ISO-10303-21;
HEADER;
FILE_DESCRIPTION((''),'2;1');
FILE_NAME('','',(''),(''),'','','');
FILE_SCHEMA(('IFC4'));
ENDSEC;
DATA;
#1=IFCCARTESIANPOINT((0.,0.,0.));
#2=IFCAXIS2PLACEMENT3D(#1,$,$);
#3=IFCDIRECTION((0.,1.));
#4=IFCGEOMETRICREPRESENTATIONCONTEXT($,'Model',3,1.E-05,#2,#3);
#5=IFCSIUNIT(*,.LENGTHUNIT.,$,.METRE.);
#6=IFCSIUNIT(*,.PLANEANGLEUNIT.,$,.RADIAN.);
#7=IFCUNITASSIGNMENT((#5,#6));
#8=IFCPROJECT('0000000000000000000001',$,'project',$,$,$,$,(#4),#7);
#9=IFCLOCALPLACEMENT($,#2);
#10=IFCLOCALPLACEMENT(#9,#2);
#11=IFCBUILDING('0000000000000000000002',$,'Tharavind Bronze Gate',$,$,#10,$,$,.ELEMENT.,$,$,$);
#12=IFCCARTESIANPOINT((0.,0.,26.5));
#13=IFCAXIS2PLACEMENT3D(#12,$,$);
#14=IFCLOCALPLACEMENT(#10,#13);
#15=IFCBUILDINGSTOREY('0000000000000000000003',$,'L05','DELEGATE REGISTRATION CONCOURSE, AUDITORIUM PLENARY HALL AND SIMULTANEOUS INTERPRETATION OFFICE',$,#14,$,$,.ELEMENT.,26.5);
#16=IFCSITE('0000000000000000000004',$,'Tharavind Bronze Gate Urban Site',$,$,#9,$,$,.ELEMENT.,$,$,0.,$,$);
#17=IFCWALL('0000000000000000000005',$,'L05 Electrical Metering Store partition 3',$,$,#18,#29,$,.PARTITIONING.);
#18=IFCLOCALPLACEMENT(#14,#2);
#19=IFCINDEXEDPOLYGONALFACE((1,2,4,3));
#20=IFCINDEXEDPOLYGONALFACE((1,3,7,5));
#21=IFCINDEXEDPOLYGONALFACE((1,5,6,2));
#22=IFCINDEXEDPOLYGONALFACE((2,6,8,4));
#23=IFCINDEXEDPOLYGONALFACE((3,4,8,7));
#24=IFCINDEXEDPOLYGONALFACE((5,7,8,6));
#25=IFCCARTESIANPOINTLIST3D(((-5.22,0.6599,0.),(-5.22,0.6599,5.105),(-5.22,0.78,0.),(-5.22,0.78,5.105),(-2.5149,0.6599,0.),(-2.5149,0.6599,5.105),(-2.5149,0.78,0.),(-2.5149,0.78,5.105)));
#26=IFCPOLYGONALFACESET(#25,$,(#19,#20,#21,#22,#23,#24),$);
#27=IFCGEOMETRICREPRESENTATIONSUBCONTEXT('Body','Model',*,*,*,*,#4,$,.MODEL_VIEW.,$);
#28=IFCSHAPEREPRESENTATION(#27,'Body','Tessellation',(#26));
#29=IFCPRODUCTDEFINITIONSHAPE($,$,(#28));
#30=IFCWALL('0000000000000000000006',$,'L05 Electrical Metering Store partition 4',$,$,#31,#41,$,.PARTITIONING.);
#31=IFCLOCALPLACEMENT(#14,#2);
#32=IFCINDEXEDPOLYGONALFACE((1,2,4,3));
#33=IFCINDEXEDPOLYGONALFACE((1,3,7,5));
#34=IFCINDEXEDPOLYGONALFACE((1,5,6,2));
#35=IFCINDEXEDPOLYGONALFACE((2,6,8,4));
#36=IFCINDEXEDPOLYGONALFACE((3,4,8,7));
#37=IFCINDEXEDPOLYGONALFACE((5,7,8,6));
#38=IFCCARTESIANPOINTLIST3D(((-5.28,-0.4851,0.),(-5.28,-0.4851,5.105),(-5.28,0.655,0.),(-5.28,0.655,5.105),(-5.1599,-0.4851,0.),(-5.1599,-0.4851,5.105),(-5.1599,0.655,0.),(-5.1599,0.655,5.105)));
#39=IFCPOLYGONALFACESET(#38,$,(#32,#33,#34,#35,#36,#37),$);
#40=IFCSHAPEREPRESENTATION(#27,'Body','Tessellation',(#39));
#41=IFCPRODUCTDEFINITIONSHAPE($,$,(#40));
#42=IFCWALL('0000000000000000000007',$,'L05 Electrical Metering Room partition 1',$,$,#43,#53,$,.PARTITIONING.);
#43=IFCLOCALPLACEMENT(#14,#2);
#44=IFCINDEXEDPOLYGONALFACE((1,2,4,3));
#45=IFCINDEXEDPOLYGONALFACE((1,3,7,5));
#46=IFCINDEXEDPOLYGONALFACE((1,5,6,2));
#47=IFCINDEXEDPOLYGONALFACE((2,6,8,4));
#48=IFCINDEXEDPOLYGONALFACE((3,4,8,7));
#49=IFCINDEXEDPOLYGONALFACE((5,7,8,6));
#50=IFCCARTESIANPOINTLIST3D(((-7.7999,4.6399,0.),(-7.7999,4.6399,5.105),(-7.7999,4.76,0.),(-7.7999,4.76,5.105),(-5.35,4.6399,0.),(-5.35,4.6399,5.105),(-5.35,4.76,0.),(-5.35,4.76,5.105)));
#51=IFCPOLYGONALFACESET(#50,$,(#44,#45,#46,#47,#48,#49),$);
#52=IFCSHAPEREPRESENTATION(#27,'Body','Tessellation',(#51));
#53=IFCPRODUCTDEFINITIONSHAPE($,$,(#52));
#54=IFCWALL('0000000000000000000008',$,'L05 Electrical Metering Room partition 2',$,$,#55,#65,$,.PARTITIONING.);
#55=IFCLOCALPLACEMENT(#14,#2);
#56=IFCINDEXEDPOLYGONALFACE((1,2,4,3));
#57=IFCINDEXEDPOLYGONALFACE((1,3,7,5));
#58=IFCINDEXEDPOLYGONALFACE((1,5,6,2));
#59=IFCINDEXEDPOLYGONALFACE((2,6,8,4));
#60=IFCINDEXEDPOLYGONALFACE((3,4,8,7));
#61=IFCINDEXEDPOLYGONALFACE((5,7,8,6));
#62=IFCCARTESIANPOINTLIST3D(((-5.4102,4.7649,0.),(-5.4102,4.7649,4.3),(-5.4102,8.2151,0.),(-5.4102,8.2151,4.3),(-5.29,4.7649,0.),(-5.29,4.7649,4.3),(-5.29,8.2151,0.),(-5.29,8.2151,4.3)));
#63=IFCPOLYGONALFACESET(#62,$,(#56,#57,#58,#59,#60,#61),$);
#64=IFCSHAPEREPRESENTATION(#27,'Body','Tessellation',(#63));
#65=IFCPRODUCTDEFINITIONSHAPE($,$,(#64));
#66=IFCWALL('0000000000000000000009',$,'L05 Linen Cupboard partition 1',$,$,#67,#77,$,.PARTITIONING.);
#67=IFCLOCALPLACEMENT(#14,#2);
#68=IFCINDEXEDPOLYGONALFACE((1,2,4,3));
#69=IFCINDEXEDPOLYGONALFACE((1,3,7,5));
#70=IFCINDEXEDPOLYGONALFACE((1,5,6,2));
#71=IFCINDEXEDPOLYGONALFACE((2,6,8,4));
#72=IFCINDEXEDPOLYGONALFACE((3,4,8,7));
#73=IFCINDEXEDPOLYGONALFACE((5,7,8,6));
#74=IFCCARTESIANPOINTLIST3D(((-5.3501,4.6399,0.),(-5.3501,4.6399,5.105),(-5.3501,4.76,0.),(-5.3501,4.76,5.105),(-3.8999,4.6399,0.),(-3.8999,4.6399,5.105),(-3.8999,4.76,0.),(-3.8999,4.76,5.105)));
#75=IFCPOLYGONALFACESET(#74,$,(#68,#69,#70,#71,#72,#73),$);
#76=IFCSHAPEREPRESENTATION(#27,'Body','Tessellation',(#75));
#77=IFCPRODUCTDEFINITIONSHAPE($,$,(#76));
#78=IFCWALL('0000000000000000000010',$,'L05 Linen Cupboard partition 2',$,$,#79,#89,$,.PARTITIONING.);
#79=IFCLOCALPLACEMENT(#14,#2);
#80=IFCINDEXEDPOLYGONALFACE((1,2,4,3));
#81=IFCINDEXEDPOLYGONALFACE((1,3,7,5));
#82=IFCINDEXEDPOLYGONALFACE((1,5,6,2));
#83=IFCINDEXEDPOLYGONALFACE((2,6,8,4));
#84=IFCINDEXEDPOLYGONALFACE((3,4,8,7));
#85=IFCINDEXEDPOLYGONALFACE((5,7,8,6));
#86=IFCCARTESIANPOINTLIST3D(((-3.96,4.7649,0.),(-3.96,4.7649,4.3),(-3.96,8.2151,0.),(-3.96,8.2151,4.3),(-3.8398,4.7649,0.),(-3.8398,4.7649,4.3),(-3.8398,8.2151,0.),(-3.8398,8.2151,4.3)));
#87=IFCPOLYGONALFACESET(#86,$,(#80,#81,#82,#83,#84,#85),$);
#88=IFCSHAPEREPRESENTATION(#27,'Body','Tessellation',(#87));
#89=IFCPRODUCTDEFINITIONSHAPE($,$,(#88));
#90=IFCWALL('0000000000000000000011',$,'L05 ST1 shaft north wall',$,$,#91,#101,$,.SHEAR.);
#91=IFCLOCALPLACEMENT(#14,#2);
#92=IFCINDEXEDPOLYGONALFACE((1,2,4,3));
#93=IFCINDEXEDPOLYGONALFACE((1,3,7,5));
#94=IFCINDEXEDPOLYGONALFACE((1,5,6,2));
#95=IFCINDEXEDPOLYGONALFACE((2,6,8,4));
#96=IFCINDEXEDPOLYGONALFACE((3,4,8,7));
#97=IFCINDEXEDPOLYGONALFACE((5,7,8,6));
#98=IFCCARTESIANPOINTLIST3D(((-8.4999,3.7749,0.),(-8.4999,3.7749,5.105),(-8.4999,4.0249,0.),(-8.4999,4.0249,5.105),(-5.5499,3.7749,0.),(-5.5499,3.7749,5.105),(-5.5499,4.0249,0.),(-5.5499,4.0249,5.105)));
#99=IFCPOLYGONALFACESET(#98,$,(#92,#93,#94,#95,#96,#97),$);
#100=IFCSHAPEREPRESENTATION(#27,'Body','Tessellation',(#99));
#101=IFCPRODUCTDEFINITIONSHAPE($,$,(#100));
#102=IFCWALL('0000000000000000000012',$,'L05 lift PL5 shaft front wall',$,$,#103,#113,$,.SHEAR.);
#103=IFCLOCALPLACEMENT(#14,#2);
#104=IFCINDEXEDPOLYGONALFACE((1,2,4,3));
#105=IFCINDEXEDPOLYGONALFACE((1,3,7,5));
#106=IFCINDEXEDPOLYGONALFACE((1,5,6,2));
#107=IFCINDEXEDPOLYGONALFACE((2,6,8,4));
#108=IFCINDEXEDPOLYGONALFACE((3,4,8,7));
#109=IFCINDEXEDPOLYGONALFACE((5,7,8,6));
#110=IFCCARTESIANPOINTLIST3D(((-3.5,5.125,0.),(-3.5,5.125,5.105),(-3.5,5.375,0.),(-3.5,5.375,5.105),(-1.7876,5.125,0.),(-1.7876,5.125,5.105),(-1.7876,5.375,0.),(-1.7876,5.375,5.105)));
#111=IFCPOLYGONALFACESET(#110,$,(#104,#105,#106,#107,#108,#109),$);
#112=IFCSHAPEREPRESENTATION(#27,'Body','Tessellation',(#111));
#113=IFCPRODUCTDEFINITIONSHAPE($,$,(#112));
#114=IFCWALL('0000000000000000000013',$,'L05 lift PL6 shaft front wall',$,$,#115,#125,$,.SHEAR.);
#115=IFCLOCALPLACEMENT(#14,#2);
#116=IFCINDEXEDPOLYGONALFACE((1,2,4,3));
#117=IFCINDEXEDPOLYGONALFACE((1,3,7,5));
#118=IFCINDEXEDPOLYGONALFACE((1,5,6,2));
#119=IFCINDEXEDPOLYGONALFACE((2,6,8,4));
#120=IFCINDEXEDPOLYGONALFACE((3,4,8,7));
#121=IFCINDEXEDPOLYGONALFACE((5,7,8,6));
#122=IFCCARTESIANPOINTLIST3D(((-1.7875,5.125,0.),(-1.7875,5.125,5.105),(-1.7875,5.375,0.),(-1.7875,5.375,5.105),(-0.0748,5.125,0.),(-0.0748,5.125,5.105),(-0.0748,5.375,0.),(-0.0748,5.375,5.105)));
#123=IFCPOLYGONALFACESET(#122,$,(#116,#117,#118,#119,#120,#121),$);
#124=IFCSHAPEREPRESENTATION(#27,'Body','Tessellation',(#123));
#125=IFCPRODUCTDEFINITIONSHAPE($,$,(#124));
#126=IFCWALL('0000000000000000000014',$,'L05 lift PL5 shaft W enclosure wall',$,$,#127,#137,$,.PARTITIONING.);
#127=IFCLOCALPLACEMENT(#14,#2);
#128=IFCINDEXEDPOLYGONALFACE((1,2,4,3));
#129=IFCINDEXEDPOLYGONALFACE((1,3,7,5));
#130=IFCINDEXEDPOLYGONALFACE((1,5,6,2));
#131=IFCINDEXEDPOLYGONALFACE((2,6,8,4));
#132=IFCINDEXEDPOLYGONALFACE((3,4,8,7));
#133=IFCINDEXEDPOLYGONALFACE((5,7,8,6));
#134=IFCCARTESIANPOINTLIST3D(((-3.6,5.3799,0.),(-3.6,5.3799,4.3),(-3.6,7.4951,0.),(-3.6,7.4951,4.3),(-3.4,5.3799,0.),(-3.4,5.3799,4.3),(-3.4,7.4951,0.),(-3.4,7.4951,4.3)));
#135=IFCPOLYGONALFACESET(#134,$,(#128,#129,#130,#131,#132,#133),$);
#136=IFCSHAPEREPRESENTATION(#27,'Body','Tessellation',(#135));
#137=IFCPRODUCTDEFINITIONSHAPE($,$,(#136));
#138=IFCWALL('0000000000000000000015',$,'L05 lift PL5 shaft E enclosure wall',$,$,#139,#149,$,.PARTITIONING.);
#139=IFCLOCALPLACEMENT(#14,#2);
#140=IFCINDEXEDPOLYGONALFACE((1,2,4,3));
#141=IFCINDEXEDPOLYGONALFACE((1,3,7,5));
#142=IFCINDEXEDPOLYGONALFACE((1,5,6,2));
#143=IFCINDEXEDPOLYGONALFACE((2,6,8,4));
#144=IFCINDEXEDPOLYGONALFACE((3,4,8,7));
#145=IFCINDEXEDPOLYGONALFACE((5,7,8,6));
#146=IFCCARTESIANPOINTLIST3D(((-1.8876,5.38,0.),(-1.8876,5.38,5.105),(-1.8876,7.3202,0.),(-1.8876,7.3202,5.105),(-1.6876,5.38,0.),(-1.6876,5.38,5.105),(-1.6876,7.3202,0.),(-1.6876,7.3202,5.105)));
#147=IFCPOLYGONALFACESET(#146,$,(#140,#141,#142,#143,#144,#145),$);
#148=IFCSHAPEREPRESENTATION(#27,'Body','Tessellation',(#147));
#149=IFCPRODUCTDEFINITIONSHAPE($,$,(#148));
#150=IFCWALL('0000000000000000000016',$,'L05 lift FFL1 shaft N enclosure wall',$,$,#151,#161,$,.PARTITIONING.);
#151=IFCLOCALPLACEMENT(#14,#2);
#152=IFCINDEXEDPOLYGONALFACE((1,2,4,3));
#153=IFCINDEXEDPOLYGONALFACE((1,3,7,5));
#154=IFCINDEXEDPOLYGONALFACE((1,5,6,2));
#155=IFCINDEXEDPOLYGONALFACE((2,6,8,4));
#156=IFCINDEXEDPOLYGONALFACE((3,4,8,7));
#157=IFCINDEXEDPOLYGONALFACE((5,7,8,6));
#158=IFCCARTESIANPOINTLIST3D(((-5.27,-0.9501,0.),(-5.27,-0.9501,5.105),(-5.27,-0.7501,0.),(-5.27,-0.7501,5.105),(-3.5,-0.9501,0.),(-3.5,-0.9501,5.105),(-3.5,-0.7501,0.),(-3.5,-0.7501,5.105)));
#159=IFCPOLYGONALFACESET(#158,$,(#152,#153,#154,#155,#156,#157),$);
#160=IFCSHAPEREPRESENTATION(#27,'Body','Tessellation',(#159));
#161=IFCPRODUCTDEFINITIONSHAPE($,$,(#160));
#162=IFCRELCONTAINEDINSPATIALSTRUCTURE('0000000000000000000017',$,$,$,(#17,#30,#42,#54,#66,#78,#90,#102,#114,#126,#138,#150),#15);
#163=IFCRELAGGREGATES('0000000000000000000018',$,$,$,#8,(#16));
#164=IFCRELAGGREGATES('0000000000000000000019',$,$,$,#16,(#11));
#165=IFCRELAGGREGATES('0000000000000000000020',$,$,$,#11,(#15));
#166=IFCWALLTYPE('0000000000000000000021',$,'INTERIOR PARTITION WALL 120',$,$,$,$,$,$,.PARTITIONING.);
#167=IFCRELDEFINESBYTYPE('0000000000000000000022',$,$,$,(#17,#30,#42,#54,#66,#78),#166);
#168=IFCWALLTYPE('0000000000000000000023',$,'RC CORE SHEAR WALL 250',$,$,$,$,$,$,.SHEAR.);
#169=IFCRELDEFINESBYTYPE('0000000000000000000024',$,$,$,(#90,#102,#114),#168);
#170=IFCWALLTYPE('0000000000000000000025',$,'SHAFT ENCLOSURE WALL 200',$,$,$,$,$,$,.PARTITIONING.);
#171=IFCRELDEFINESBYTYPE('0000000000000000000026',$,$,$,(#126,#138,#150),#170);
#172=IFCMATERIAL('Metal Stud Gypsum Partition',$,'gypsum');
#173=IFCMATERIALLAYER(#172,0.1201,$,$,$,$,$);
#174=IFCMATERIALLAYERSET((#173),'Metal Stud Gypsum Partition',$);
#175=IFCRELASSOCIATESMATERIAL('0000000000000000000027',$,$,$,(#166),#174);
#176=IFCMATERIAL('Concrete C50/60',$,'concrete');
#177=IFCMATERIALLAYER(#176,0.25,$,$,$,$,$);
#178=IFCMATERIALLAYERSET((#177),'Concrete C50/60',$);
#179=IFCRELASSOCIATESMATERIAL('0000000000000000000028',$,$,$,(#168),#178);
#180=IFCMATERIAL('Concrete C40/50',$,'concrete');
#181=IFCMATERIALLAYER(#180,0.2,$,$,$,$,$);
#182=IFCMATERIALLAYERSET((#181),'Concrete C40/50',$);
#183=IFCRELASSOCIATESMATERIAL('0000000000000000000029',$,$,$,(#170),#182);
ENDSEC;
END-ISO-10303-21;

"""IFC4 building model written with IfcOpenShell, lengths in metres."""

from ifc_helpers import new_model, si_unit, direction, frame, frame_2d, origin, place, context, subcontext, project, spatial, rectangle, extrude, material, layer, layer_set, type_object, element, save


model = new_model("IFC4")

# Units and contexts
model_context = context("Model", 3, precision=1e-05, world=origin(), true_north=direction((0.0, 1.0)))
body_context = subcontext(model_context, "Body", "Model", "MODEL_VIEW")
ifc_project = project(units=[si_unit("LENGTHUNIT", "METRE"), si_unit("PLANEANGLEUNIT", "RADIAN")], contexts=[model_context])

# Site, building, storey
site_placement = place(None, origin())
site = spatial("IfcSite", under=ifc_project, at=site_placement, Name="Tharavind Bronze Gate Urban Site", CompositionType="ELEMENT", RefElevation=0.0)
building_placement = place(site_placement, origin())
building = spatial("IfcBuilding", under=site, at=building_placement, Name="Tharavind Bronze Gate", CompositionType="ELEMENT")
storey_placement = place(building_placement, frame((0.0, 0.0, 26.5)))
storey = spatial("IfcBuildingStorey", under=building, at=storey_placement, Name="L05", Description="DELEGATE REGISTRATION CONCOURSE, AUDITORIUM PLENARY HALL AND SIMULTANEOUS INTERPRETATION OFFICE", CompositionType="ELEMENT", Elevation=26.5)

# Shared definitions
ifc_material_1 = material(Name="Metal Stud Gypsum Partition", Category="gypsum")
ifc_layer_1 = layer(ifc_material_1, 0.1201)
ifc_layer_set_1 = layer_set([ifc_layer_1], Name="Metal Stud Gypsum Partition")
wall_type_1 = type_object("IfcWallType", Name="INTERIOR PARTITION WALL 120", PredefinedType="PARTITIONING", material=ifc_layer_set_1)

# Walls
wall_1_placement = place(storey_placement, frame((-2.5149, 0.72, 0.0), z_axis=(0.0, 0.0, 1.0), x_axis=(-1.0, 0.0, 0.0)))
element("IfcWall", 1, at=wall_1_placement, inside=storey, type_object=wall_type_1, Name="L05 Electrical Metering Store partition 3", PredefinedType="PARTITIONING", context=body_context, shape_type="SweptSolid", body=[
    extrude(rectangle(XDim=2.7051, YDim=0.1201, at=frame_2d((1.3525, 0.0))), origin(), (0.0, 0.0, 1.0), 5.105),
])
wall_2_placement = place(storey_placement, frame((-5.22, 0.655, 0.0), z_axis=(0.0, 0.0, 1.0), x_axis=(0.0, -1.0, 0.0)))
element("IfcWall", 2, at=wall_2_placement, inside=storey, type_object=wall_type_1, Name="L05 Electrical Metering Store partition 4", PredefinedType="PARTITIONING", context=body_context, shape_type="SweptSolid", body=[
    extrude(rectangle(XDim=1.1401, YDim=0.1201, at=frame_2d((0.5701, 0.0))), origin(), (0.0, 0.0, 1.0), 5.105),
])
wall_3_placement = place(storey_placement, frame((-7.8, 4.7, 0.0), z_axis=(0.0, 0.0, 1.0), x_axis=(1.0, 0.0, 0.0)))
element("IfcWall", 3, at=wall_3_placement, inside=storey, type_object=wall_type_1, Name="L05 Electrical Metering Room partition 1", PredefinedType="PARTITIONING", context=body_context, shape_type="SweptSolid", body=[
    extrude(rectangle(XDim=2.45, YDim=0.1201, at=frame_2d((1.2251, 0.0))), origin(), (0.0, 0.0, 1.0), 5.105),
])
wall_4_placement = place(storey_placement, frame((-5.3501, 4.7649, 0.0), z_axis=(0.0, 0.0, 1.0), x_axis=(0.0, 1.0, 0.0)))
element("IfcWall", 4, at=wall_4_placement, inside=storey, type_object=wall_type_1, Name="L05 Electrical Metering Room partition 2", PredefinedType="PARTITIONING", context=body_context, shape_type="SweptSolid", body=[
    extrude(rectangle(XDim=3.4502, YDim=0.1201, at=frame_2d((1.7251, 0.0))), origin(), (0.0, 0.0, 1.0), 4.3),
])
wall_5_placement = place(storey_placement, frame((-5.3501, 4.7, 0.0), z_axis=(0.0, 0.0, 1.0), x_axis=(1.0, 0.0, 0.0)))
element("IfcWall", 5, at=wall_5_placement, inside=storey, type_object=wall_type_1, Name="L05 Linen Cupboard partition 1", PredefinedType="PARTITIONING", context=body_context, shape_type="SweptSolid", body=[
    extrude(rectangle(XDim=1.4502, YDim=0.1201, at=frame_2d((0.7251, 0.0))), origin(), (0.0, 0.0, 1.0), 5.105),
])
wall_6_placement = place(storey_placement, frame((-3.8999, 4.7649, 0.0), z_axis=(0.0, 0.0, 1.0), x_axis=(0.0, 1.0, 0.0)))
element("IfcWall", 6, at=wall_6_placement, inside=storey, type_object=wall_type_1, Name="L05 Linen Cupboard partition 2", PredefinedType="PARTITIONING", context=body_context, shape_type="SweptSolid", body=[
    extrude(rectangle(XDim=3.4502, YDim=0.1201, at=frame_2d((1.7251, 0.0))), origin(), (0.0, 0.0, 1.0), 4.3),
])
ifc_material_2 = material(Name="Concrete C50/60", Category="concrete")
ifc_layer_2 = layer(ifc_material_2, 0.25)
ifc_layer_set_2 = layer_set([ifc_layer_2], Name="Concrete C50/60")
wall_type_2 = type_object("IfcWallType", Name="RC CORE SHEAR WALL 250", PredefinedType="SHEAR", material=ifc_layer_set_2)
wall_7_placement = place(storey_placement, frame((-8.5, 3.8999, 0.0), z_axis=(0.0, 0.0, 1.0), x_axis=(1.0, 0.0, 0.0)))
element("IfcWall", 7, at=wall_7_placement, inside=storey, type_object=wall_type_2, Name="L05 ST1 shaft north wall", PredefinedType="SHEAR", context=body_context, shape_type="SweptSolid", body=[
    extrude(rectangle(XDim=2.95, YDim=0.25, at=frame_2d((1.4751, 0.0))), origin(), (0.0, 0.0, 1.0), 5.105),
])
wall_8_placement = place(storey_placement, frame((-3.5, 5.25, 0.0), z_axis=(0.0, 0.0, 1.0), x_axis=(1.0, 0.0, 0.0)))
element("IfcWall", 8, at=wall_8_placement, inside=storey, type_object=wall_type_2, Name="L05 lift PL5 shaft front wall", PredefinedType="SHEAR", context=body_context, shape_type="SweptSolid", body=[
    extrude(rectangle(XDim=1.7124, YDim=0.25, at=frame_2d((0.8562, 0.0))), origin(), (0.0, 0.0, 1.0), 5.105),
])
wall_9_placement = place(storey_placement, frame((-1.7876, 5.25, 0.0), z_axis=(0.0, 0.0, 1.0), x_axis=(1.0, 0.0, 0.0)))
element("IfcWall", 9, at=wall_9_placement, inside=storey, type_object=wall_type_2, Name="L05 lift PL6 shaft front wall", PredefinedType="SHEAR", context=body_context, shape_type="SweptSolid", body=[
    extrude(rectangle(XDim=1.7126, YDim=0.25, at=frame_2d((0.8564, 0.0))), origin(), (0.0, 0.0, 1.0), 5.105),
])
ifc_material_3 = material(Name="Concrete C40/50", Category="concrete")
ifc_layer_3 = layer(ifc_material_3, 0.2)
ifc_layer_set_3 = layer_set([ifc_layer_3], Name="Concrete C40/50")
wall_type_3 = type_object("IfcWallType", Name="SHAFT ENCLOSURE WALL 200", PredefinedType="PARTITIONING", material=ifc_layer_set_3)
wall_10_placement = place(storey_placement, frame((-3.5, 5.3799, 0.0), z_axis=(0.0, 0.0, 1.0), x_axis=(0.0, 1.0, 0.0)))
element("IfcWall", 10, at=wall_10_placement, inside=storey, type_object=wall_type_3, Name="L05 lift PL5 shaft W enclosure wall", PredefinedType="PARTITIONING", context=body_context, shape_type="SweptSolid", body=[
    extrude(rectangle(XDim=2.1152, YDim=0.2, at=frame_2d((1.0576, 0.0))), origin(), (0.0, 0.0, 1.0), 4.3),
])
wall_11_placement = place(storey_placement, frame((-1.7876, 5.3799, 0.0), z_axis=(0.0, 0.0, 1.0), x_axis=(0.0, 1.0, 0.0)))
element("IfcWall", 11, at=wall_11_placement, inside=storey, type_object=wall_type_3, Name="L05 lift PL5 shaft E enclosure wall", PredefinedType="PARTITIONING", context=body_context, shape_type="SweptSolid", body=[
    extrude(rectangle(XDim=1.9402, YDim=0.2, at=frame_2d((0.9702, 0.0))), origin(), (0.0, 0.0, 1.0), 5.105),
])
wall_12_placement = place(storey_placement, frame((-5.27, -0.8501, 0.0), z_axis=(0.0, 0.0, 1.0), x_axis=(1.0, 0.0, 0.0)))
element("IfcWall", 12, at=wall_12_placement, inside=storey, type_object=wall_type_3, Name="L05 lift FFL1 shaft N enclosure wall", PredefinedType="PARTITIONING", context=body_context, shape_type="SweptSolid", body=[
    extrude(rectangle(XDim=1.77, YDim=0.2, at=frame_2d((0.885, 0.0))), origin(), (0.0, 0.0, 1.0), 5.105),
])

save(model, "model.ifc")
